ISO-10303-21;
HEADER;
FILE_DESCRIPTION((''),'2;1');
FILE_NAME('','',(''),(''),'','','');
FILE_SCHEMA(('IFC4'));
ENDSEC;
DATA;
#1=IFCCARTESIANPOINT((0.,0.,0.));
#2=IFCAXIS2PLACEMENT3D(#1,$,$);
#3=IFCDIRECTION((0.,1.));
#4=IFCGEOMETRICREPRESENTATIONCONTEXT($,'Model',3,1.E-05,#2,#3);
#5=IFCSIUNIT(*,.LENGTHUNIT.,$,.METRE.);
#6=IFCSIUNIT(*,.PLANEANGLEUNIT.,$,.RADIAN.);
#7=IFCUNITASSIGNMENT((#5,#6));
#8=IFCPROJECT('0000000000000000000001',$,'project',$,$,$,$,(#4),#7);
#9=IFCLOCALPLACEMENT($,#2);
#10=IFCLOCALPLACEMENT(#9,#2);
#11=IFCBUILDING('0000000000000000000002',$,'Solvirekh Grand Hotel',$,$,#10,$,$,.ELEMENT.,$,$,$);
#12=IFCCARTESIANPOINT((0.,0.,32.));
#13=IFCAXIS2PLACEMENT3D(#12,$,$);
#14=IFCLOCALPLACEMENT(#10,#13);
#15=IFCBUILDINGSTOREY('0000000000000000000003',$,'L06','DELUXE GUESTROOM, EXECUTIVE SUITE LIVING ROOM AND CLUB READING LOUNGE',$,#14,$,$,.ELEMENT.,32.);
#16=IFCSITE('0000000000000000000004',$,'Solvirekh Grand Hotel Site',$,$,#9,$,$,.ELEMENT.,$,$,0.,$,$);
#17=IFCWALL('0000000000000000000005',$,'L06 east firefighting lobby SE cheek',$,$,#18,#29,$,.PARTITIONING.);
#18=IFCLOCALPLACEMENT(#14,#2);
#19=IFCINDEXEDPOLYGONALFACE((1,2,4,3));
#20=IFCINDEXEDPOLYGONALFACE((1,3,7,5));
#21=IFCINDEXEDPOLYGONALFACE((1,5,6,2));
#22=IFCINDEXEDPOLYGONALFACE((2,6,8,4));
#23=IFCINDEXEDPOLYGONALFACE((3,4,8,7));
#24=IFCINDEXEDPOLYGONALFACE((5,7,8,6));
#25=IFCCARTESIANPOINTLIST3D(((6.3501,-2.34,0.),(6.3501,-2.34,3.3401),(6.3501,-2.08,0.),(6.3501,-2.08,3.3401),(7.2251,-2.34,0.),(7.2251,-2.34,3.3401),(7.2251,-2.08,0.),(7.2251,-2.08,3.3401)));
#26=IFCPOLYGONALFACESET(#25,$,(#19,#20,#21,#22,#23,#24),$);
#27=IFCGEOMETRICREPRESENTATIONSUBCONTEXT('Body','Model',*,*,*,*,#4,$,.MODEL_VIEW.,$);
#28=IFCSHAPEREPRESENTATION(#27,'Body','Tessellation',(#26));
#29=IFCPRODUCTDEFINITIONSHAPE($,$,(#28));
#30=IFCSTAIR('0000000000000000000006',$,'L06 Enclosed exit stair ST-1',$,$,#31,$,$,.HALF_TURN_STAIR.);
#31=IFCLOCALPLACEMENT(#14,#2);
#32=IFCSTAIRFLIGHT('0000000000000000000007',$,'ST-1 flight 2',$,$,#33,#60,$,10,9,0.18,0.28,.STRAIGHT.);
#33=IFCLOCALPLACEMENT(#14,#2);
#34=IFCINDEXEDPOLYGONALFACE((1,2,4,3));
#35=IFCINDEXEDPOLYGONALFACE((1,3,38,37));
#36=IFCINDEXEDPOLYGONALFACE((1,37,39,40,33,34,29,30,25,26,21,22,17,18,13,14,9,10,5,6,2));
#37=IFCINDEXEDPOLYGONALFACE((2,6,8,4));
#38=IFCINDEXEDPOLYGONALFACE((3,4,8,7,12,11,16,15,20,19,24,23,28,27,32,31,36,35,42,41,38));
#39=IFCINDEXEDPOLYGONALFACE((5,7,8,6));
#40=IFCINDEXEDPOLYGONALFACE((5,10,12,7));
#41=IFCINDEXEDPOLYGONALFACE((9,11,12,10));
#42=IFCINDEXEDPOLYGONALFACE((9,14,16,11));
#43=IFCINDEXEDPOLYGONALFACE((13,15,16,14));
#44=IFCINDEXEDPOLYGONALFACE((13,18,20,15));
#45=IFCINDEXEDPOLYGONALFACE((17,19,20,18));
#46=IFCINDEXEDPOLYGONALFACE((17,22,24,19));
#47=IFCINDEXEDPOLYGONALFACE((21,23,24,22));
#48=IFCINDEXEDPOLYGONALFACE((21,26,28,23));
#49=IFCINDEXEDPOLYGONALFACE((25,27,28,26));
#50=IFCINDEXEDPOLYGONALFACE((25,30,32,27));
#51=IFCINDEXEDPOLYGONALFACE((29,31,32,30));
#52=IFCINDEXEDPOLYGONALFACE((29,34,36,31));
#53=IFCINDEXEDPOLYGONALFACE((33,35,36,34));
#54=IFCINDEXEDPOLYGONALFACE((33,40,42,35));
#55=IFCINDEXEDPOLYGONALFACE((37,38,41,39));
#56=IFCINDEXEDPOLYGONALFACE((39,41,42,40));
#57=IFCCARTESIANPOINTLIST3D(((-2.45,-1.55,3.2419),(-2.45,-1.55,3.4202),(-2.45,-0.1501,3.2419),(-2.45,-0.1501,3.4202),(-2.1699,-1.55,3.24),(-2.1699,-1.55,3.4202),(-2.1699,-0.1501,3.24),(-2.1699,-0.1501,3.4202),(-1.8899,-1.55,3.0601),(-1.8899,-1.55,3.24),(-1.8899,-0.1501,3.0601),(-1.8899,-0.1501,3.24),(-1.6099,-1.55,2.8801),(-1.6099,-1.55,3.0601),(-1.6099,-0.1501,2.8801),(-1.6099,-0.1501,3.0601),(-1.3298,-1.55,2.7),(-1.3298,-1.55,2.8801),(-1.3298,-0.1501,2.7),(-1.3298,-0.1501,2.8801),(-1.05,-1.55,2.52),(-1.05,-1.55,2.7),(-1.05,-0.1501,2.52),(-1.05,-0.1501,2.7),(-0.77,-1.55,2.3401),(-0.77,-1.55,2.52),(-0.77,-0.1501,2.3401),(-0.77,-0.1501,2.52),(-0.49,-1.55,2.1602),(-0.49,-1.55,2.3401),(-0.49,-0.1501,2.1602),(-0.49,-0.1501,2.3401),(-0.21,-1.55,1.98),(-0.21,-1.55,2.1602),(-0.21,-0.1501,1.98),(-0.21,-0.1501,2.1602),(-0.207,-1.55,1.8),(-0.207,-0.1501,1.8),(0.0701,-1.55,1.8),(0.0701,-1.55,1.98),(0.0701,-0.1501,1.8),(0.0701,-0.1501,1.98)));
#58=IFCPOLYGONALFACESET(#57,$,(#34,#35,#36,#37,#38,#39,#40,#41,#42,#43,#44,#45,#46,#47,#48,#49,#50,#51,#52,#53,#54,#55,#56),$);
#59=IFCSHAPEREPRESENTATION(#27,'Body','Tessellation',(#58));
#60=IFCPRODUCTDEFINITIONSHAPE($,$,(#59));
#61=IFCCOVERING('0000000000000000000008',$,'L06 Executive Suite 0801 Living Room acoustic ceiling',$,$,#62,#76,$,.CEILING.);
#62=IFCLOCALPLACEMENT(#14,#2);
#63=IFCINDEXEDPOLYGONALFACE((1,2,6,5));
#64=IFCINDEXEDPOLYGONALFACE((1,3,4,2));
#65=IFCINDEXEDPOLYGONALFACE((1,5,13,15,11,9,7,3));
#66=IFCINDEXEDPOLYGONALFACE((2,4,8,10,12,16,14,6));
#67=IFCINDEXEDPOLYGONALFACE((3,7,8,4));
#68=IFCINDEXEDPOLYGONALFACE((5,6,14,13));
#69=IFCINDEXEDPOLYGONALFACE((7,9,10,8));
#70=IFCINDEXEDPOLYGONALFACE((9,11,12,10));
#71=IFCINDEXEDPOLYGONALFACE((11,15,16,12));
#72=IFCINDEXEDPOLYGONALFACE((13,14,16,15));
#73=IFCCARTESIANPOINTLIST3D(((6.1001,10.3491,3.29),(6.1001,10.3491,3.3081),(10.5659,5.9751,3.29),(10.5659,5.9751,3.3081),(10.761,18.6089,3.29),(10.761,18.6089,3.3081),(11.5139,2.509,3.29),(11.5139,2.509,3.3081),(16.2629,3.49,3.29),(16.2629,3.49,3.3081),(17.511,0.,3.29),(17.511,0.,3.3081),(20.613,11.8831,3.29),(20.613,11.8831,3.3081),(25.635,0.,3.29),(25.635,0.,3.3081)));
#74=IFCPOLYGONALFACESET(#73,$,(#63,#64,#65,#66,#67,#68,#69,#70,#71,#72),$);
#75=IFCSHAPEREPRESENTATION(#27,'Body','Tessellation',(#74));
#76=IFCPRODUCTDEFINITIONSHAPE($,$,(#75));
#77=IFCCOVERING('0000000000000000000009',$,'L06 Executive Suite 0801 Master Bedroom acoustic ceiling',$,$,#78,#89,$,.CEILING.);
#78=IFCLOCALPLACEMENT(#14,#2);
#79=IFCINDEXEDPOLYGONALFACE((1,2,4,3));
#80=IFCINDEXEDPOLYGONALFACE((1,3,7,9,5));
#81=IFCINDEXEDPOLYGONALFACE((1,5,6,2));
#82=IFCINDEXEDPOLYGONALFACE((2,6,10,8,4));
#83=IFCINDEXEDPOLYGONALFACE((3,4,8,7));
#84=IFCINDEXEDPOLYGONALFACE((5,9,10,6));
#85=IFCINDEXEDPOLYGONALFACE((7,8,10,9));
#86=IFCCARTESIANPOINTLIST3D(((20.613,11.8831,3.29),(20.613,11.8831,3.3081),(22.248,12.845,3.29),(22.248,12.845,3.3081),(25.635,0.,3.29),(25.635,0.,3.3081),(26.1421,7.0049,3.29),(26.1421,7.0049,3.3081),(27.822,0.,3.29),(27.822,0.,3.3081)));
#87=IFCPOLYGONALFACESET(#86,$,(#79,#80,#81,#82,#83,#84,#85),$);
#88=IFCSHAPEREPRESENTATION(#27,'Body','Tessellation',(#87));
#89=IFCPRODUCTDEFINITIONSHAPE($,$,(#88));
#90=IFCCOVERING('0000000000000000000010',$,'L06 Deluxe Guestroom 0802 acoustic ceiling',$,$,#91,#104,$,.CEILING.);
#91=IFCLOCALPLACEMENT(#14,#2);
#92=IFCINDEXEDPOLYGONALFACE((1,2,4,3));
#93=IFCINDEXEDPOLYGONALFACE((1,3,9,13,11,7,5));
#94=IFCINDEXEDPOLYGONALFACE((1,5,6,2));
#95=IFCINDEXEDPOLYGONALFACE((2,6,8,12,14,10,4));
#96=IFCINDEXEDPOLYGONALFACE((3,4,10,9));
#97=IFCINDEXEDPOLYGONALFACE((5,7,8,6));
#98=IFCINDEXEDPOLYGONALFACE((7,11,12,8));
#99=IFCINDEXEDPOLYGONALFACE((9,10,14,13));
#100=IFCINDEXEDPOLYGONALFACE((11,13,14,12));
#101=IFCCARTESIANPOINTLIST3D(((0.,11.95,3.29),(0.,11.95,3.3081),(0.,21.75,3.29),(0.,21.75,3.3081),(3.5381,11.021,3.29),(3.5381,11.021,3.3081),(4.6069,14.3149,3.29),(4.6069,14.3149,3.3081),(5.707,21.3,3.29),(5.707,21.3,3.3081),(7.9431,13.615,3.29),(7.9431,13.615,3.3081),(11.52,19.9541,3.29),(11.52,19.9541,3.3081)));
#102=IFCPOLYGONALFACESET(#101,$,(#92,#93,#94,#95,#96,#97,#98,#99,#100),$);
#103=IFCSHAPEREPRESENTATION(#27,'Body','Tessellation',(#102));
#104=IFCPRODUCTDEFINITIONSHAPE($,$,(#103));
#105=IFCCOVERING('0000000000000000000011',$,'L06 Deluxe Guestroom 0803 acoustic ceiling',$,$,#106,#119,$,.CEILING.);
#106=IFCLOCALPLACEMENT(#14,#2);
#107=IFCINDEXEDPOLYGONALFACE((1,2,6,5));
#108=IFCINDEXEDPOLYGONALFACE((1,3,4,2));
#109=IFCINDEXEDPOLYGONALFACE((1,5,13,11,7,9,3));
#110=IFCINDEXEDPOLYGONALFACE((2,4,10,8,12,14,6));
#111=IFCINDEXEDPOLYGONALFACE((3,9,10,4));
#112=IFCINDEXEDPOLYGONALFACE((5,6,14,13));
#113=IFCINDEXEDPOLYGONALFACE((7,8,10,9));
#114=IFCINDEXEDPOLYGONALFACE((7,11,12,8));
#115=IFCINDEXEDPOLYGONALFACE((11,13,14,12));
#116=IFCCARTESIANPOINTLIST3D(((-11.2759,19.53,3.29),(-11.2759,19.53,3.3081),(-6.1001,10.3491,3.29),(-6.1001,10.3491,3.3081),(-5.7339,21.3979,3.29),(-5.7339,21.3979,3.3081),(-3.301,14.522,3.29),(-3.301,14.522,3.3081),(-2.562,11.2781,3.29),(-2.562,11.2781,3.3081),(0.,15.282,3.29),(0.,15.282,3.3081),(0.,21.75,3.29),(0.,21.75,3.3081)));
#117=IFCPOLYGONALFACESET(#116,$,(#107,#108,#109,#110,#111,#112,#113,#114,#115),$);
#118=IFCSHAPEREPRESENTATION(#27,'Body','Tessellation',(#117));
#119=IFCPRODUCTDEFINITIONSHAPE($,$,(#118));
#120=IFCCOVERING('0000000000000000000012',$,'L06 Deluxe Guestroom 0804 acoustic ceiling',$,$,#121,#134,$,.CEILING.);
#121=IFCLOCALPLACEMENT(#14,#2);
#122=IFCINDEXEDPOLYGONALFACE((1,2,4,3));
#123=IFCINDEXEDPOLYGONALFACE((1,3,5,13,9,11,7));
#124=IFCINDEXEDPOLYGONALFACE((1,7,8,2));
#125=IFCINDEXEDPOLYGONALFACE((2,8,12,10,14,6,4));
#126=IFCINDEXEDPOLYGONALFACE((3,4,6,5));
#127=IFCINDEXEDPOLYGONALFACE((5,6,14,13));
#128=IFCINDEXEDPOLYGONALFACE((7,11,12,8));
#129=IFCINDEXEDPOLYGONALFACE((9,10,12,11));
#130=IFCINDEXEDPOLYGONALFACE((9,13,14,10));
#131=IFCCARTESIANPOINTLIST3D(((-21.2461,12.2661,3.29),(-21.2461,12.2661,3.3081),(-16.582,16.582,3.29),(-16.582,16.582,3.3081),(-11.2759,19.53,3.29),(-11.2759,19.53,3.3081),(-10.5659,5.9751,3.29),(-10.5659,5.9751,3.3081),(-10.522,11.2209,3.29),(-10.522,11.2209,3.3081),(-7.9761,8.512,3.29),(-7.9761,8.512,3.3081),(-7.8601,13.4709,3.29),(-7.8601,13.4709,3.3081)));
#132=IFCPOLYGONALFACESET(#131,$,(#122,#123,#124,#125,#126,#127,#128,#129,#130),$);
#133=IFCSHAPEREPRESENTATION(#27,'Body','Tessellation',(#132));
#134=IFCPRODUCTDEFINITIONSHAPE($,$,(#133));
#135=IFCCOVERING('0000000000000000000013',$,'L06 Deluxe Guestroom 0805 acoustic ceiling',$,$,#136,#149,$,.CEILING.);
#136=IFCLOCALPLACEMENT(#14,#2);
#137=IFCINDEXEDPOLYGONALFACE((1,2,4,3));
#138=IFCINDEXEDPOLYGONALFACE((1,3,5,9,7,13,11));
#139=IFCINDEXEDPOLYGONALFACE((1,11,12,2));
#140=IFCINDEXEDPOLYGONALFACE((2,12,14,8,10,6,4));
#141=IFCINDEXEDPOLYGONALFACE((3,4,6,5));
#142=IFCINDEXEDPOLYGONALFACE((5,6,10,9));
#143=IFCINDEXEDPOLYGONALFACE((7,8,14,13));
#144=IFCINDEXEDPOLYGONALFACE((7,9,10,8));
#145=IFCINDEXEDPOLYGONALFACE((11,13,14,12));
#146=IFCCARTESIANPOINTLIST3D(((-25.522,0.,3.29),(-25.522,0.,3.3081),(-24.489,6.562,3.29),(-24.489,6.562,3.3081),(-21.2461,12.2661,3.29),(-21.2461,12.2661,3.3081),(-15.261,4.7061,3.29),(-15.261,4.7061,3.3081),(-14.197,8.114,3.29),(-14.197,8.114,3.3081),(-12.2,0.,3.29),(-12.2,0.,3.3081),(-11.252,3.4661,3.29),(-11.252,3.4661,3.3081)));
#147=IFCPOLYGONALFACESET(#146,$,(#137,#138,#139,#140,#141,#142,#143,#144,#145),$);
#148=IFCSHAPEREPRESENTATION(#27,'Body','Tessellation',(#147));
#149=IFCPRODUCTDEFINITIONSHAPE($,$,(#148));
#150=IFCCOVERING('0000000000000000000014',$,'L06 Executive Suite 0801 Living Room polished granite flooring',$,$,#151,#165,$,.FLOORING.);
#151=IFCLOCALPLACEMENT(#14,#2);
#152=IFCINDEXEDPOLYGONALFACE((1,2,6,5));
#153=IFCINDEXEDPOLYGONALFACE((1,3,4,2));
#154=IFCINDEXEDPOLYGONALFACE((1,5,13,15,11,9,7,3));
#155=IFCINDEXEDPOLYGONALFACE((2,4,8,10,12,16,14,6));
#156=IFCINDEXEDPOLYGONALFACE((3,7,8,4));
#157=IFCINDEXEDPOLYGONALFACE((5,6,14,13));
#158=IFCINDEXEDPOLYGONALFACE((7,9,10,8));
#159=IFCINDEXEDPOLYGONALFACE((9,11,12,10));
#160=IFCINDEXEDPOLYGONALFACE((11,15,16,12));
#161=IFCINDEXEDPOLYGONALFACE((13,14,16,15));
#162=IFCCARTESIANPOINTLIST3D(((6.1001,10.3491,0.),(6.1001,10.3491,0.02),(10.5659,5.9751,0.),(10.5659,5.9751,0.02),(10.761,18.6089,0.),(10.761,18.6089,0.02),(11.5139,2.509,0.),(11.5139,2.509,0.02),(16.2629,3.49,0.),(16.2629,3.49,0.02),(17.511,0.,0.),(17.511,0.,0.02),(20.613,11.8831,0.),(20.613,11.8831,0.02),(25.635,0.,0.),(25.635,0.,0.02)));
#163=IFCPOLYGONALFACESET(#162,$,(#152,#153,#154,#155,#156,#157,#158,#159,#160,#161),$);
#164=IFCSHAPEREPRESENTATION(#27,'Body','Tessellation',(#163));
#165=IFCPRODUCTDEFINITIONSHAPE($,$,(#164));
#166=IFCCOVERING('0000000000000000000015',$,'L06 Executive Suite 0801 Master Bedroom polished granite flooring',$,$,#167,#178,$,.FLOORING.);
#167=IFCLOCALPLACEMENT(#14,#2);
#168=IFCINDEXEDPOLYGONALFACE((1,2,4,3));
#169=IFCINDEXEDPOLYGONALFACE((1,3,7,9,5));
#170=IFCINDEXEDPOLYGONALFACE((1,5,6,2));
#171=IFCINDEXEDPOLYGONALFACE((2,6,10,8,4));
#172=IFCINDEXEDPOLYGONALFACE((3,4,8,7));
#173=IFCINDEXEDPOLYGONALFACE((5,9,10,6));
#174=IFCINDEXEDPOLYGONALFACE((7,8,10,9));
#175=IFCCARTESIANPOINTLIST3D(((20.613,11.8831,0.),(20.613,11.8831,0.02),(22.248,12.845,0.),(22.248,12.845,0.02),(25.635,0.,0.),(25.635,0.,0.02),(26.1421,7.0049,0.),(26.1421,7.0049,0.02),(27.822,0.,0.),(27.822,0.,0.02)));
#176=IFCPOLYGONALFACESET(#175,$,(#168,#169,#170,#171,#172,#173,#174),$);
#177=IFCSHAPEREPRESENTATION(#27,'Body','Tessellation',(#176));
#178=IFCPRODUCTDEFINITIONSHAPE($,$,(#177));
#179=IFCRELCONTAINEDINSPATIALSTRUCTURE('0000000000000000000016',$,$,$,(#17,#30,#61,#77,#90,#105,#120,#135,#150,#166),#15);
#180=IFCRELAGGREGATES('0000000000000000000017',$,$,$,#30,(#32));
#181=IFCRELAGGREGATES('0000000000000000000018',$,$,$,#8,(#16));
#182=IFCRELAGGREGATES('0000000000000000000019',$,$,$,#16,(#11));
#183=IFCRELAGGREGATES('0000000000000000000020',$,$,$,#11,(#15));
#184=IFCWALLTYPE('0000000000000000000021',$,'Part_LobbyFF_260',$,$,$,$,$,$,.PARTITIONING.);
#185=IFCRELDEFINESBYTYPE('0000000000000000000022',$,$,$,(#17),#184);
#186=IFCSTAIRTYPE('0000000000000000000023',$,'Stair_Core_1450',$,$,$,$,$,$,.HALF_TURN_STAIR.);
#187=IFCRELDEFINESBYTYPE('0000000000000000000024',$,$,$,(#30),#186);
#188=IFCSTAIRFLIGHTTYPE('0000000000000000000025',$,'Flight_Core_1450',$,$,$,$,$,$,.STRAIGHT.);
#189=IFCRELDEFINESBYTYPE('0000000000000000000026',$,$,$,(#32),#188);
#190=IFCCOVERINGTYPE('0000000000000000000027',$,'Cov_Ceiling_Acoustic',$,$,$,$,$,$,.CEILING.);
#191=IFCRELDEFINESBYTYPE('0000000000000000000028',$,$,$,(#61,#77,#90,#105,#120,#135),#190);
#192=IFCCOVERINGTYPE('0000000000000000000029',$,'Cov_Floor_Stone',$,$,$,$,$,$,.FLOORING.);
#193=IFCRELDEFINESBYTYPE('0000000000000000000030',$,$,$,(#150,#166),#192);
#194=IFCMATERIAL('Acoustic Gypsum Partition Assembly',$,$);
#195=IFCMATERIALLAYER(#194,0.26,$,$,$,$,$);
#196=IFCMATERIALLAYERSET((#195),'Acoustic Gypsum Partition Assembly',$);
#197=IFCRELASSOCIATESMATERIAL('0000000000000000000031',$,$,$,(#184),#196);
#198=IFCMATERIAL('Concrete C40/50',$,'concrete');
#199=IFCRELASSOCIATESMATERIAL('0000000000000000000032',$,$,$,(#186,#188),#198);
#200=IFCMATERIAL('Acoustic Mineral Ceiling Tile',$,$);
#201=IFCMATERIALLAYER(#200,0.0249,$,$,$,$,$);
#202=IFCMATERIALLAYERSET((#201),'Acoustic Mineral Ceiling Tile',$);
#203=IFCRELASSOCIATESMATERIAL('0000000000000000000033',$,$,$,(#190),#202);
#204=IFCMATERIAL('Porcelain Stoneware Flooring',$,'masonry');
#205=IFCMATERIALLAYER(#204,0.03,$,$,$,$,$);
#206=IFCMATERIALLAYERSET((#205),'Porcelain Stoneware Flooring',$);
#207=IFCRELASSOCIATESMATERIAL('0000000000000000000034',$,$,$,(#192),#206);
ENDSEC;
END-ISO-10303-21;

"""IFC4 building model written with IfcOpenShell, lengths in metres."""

from ifc_helpers import new_model, si_unit, direction, frame, frame_2d, origin, place, context, subcontext, project, spatial, polyline, rectangle, outline, extrude, material, layer, layer_set, type_object, element, aggregate, save


model = new_model("IFC4")

# Units and contexts
model_context = context("Model", 3, precision=1e-05, world=origin(), true_north=direction((0.0, 1.0)))
body_context = subcontext(model_context, "Body", "Model", "MODEL_VIEW")
ifc_project = project(units=[si_unit("LENGTHUNIT", "METRE"), si_unit("PLANEANGLEUNIT", "RADIAN")], contexts=[model_context])

# Site, building, storey
site_placement = place(None, origin())
site = spatial("IfcSite", under=ifc_project, at=site_placement, Name="Solvirekh Grand Hotel Site", CompositionType="ELEMENT", RefElevation=0.0)
building_placement = place(site_placement, origin())
building = spatial("IfcBuilding", under=site, at=building_placement, Name="Solvirekh Grand Hotel", CompositionType="ELEMENT")
storey_placement = place(building_placement, frame((0.0, 0.0, 32.0)))
storey = spatial("IfcBuildingStorey", under=building, at=storey_placement, Name="L06", Description="DELUXE GUESTROOM, EXECUTIVE SUITE LIVING ROOM AND CLUB READING LOUNGE", CompositionType="ELEMENT", Elevation=32.0)

# Wall
ifc_material_1 = material(Name="Acoustic Gypsum Partition Assembly")
ifc_layer_1 = layer(ifc_material_1, 0.26)
ifc_layer_set_1 = layer_set([ifc_layer_1], Name="Acoustic Gypsum Partition Assembly")
wall_type = type_object("IfcWallType", Name="Part_LobbyFF_260", PredefinedType="PARTITIONING", material=ifc_layer_set_1)
wall_placement = place(storey_placement, frame((6.3501, -2.21, 0.0), z_axis=(0.0, 0.0, 1.0), x_axis=(1.0, 0.0, 0.0)))
element("IfcWall", 1, at=wall_placement, inside=storey, type_object=wall_type, Name="L06 east firefighting lobby SE cheek", PredefinedType="PARTITIONING", context=body_context, shape_type="SweptSolid", body=[
    extrude(rectangle(XDim=0.875, YDim=0.26, at=frame_2d((0.4375, 0.0))), origin(), (0.0, 0.0, 1.0), 3.3401),
])

# Stair, stair flight
ifc_material_2 = material(Name="Concrete C40/50", Category="concrete")
stair_type = type_object("IfcStairType", Name="Stair_Core_1450", PredefinedType="HALF_TURN_STAIR", material=ifc_material_2)
stair_placement = place(storey_placement, origin())
stair = element("IfcStair", 2, at=stair_placement, inside=storey, type_object=stair_type, Name="L06 Enclosed exit stair ST-1", PredefinedType="HALF_TURN_STAIR")
stair_flight_type = type_object("IfcStairFlightType", Name="Flight_Core_1450", PredefinedType="STRAIGHT", material=ifc_material_2)
stair_flight_placement = place(storey_placement, frame((0.0701, -0.8501, 1.8), z_axis=(0.0, 0.0, 1.0), x_axis=(-1.0, 0.0, 0.0)))
stair_flight = element("IfcStairFlight", 3, at=stair_flight_placement, type_object=stair_flight_type, Name="ST-1 flight 2", NumberOfRisers=10, NumberOfTreads=9, PredefinedType="STRAIGHT", RiserHeight=0.18, TreadLength=0.28, context=body_context, shape_type="SweptSolid", body=[
    extrude(outline(polyline([(0.0, 0.0), (0.0, 0.1799), (0.28, 0.1799), (0.28, 0.3601), (0.5601, 0.3601), (0.5601, 0.54), (0.8401, 0.54), (0.8401, 0.72), (1.1201, 0.72), (1.1201, 0.8999), (1.3999, 0.8999), (1.3999, 1.0801), (1.6799, 1.0801), (1.6799, 1.26), (1.96, 1.26), (1.96, 1.4399), (2.24, 1.4399), (2.24, 1.6201), (2.52, 1.6201), (2.52, 1.8), (2.52, 1.4419), (0.2771, 0.0), (0.0, 0.0)])), frame((0.0, 0.7, 0.0), z_axis=(0.0, -1.0, 0.0), x_axis=(1.0, 0.0, 0.0)), (0.0, 0.0, 1.0), 1.3999),
])
aggregate(stair, [stair_flight])

# Coverings
ifc_material_3 = material(Name="Acoustic Mineral Ceiling Tile")
ifc_layer_2 = layer(ifc_material_3, 0.0249)
ifc_layer_set_2 = layer_set([ifc_layer_2], Name="Acoustic Mineral Ceiling Tile")
covering_type_1 = type_object("IfcCoveringType", Name="Cov_Ceiling_Acoustic", PredefinedType="CEILING", material=ifc_layer_set_2)
covering_1_placement = place(storey_placement, frame((0.0, 0.0, 3.29)))
element("IfcCovering", 4, at=covering_1_placement, inside=storey, type_object=covering_type_1, Name="L06 Executive Suite 0801 Living Room acoustic ceiling", PredefinedType="CEILING", context=body_context, shape_type="SweptSolid", body=[
    extrude(outline(polyline([(16.2629, 3.49), (17.511, 0.0), (25.635, 0.0), (20.613, 11.8831), (10.761, 18.6089), (6.1001, 10.3491), (10.5659, 5.9751), (11.5139, 2.509), (16.2629, 3.49)])), origin(), (0.0, 0.0, 1.0), 0.0181),
])
covering_2_placement = place(storey_placement, frame((0.0, 0.0, 3.29)))
element("IfcCovering", 5, at=covering_2_placement, inside=storey, type_object=covering_type_1, Name="L06 Executive Suite 0801 Master Bedroom acoustic ceiling", PredefinedType="CEILING", context=body_context, shape_type="SweptSolid", body=[
    extrude(outline(polyline([(27.822, 0.0), (26.1421, 7.0049), (22.248, 12.845), (20.613, 11.8831), (25.635, 0.0), (27.822, 0.0)])), origin(), (0.0, 0.0, 1.0), 0.0181),
])
covering_3_placement = place(storey_placement, frame((0.0, 0.0, 3.29)))
element("IfcCovering", 6, at=covering_3_placement, inside=storey, type_object=covering_type_1, Name="L06 Deluxe Guestroom 0802 acoustic ceiling", PredefinedType="CEILING", context=body_context, shape_type="SweptSolid", body=[
    extrude(outline(polyline([(4.6069, 14.3149), (7.9431, 13.615), (11.52, 19.9541), (5.707, 21.3), (0.0, 21.75), (0.0, 11.95), (3.5381, 11.021), (4.6069, 14.3149)])), origin(), (0.0, 0.0, 1.0), 0.0181),
])
covering_4_placement = place(storey_placement, frame((0.0, 0.0, 3.29)))
element("IfcCovering", 7, at=covering_4_placement, inside=storey, type_object=covering_type_1, Name="L06 Deluxe Guestroom 0803 acoustic ceiling", PredefinedType="CEILING", context=body_context, shape_type="SweptSolid", body=[
    extrude(outline(polyline([(-3.301, 14.522), (0.0, 15.282), (0.0, 21.75), (-5.7339, 21.3979), (-11.2759, 19.53), (-6.1001, 10.3491), (-2.562, 11.2781), (-3.301, 14.522)])), origin(), (0.0, 0.0, 1.0), 0.0181),
])
covering_5_placement = place(storey_placement, frame((0.0, 0.0, 3.29)))
element("IfcCovering", 8, at=covering_5_placement, inside=storey, type_object=covering_type_1, Name="L06 Deluxe Guestroom 0804 acoustic ceiling", PredefinedType="CEILING", context=body_context, shape_type="SweptSolid", body=[
    extrude(outline(polyline([(-10.522, 11.2209), (-7.8601, 13.4709), (-11.2759, 19.53), (-16.582, 16.582), (-21.2461, 12.2661), (-10.5659, 5.9751), (-7.9761, 8.512), (-10.522, 11.2209)])), origin(), (0.0, 0.0, 1.0), 0.0181),
])
covering_6_placement = place(storey_placement, frame((0.0, 0.0, 3.29)))
element("IfcCovering", 9, at=covering_6_placement, inside=storey, type_object=covering_type_1, Name="L06 Deluxe Guestroom 0805 acoustic ceiling", PredefinedType="CEILING", context=body_context, shape_type="SweptSolid", body=[
    extrude(outline(polyline([(-15.261, 4.7061), (-14.197, 8.114), (-21.2461, 12.2661), (-24.489, 6.562), (-25.522, 0.0), (-12.2, 0.0), (-11.252, 3.4661), (-15.261, 4.7061)])), origin(), (0.0, 0.0, 1.0), 0.0181),
])
ifc_material_4 = material(Name="Porcelain Stoneware Flooring", Category="masonry")
ifc_layer_3 = layer(ifc_material_4, 0.03)
ifc_layer_set_3 = layer_set([ifc_layer_3], Name="Porcelain Stoneware Flooring")
covering_type_2 = type_object("IfcCoveringType", Name="Cov_Floor_Stone", PredefinedType="FLOORING", material=ifc_layer_set_3)
covering_7_placement = place(storey_placement, origin())
element("IfcCovering", 10, at=covering_7_placement, inside=storey, type_object=covering_type_2, Name="L06 Executive Suite 0801 Living Room polished granite flooring", PredefinedType="FLOORING", context=body_context, shape_type="SweptSolid", body=[
    extrude(outline(polyline([(16.2629, 3.49), (17.511, 0.0), (25.635, 0.0), (20.613, 11.8831), (10.761, 18.6089), (6.1001, 10.3491), (10.5659, 5.9751), (11.5139, 2.509), (16.2629, 3.49)])), origin(), (0.0, 0.0, 1.0), 0.02),
])
covering_8_placement = place(storey_placement, origin())
element("IfcCovering", 11, at=covering_8_placement, inside=storey, type_object=covering_type_2, Name="L06 Executive Suite 0801 Master Bedroom polished granite flooring", PredefinedType="FLOORING", context=body_context, shape_type="SweptSolid", body=[
    extrude(outline(polyline([(27.822, 0.0), (26.1421, 7.0049), (22.248, 12.845), (20.613, 11.8831), (25.635, 0.0), (27.822, 0.0)])), origin(), (0.0, 0.0, 1.0), 0.02),
])

save(model, "model.ifc")
